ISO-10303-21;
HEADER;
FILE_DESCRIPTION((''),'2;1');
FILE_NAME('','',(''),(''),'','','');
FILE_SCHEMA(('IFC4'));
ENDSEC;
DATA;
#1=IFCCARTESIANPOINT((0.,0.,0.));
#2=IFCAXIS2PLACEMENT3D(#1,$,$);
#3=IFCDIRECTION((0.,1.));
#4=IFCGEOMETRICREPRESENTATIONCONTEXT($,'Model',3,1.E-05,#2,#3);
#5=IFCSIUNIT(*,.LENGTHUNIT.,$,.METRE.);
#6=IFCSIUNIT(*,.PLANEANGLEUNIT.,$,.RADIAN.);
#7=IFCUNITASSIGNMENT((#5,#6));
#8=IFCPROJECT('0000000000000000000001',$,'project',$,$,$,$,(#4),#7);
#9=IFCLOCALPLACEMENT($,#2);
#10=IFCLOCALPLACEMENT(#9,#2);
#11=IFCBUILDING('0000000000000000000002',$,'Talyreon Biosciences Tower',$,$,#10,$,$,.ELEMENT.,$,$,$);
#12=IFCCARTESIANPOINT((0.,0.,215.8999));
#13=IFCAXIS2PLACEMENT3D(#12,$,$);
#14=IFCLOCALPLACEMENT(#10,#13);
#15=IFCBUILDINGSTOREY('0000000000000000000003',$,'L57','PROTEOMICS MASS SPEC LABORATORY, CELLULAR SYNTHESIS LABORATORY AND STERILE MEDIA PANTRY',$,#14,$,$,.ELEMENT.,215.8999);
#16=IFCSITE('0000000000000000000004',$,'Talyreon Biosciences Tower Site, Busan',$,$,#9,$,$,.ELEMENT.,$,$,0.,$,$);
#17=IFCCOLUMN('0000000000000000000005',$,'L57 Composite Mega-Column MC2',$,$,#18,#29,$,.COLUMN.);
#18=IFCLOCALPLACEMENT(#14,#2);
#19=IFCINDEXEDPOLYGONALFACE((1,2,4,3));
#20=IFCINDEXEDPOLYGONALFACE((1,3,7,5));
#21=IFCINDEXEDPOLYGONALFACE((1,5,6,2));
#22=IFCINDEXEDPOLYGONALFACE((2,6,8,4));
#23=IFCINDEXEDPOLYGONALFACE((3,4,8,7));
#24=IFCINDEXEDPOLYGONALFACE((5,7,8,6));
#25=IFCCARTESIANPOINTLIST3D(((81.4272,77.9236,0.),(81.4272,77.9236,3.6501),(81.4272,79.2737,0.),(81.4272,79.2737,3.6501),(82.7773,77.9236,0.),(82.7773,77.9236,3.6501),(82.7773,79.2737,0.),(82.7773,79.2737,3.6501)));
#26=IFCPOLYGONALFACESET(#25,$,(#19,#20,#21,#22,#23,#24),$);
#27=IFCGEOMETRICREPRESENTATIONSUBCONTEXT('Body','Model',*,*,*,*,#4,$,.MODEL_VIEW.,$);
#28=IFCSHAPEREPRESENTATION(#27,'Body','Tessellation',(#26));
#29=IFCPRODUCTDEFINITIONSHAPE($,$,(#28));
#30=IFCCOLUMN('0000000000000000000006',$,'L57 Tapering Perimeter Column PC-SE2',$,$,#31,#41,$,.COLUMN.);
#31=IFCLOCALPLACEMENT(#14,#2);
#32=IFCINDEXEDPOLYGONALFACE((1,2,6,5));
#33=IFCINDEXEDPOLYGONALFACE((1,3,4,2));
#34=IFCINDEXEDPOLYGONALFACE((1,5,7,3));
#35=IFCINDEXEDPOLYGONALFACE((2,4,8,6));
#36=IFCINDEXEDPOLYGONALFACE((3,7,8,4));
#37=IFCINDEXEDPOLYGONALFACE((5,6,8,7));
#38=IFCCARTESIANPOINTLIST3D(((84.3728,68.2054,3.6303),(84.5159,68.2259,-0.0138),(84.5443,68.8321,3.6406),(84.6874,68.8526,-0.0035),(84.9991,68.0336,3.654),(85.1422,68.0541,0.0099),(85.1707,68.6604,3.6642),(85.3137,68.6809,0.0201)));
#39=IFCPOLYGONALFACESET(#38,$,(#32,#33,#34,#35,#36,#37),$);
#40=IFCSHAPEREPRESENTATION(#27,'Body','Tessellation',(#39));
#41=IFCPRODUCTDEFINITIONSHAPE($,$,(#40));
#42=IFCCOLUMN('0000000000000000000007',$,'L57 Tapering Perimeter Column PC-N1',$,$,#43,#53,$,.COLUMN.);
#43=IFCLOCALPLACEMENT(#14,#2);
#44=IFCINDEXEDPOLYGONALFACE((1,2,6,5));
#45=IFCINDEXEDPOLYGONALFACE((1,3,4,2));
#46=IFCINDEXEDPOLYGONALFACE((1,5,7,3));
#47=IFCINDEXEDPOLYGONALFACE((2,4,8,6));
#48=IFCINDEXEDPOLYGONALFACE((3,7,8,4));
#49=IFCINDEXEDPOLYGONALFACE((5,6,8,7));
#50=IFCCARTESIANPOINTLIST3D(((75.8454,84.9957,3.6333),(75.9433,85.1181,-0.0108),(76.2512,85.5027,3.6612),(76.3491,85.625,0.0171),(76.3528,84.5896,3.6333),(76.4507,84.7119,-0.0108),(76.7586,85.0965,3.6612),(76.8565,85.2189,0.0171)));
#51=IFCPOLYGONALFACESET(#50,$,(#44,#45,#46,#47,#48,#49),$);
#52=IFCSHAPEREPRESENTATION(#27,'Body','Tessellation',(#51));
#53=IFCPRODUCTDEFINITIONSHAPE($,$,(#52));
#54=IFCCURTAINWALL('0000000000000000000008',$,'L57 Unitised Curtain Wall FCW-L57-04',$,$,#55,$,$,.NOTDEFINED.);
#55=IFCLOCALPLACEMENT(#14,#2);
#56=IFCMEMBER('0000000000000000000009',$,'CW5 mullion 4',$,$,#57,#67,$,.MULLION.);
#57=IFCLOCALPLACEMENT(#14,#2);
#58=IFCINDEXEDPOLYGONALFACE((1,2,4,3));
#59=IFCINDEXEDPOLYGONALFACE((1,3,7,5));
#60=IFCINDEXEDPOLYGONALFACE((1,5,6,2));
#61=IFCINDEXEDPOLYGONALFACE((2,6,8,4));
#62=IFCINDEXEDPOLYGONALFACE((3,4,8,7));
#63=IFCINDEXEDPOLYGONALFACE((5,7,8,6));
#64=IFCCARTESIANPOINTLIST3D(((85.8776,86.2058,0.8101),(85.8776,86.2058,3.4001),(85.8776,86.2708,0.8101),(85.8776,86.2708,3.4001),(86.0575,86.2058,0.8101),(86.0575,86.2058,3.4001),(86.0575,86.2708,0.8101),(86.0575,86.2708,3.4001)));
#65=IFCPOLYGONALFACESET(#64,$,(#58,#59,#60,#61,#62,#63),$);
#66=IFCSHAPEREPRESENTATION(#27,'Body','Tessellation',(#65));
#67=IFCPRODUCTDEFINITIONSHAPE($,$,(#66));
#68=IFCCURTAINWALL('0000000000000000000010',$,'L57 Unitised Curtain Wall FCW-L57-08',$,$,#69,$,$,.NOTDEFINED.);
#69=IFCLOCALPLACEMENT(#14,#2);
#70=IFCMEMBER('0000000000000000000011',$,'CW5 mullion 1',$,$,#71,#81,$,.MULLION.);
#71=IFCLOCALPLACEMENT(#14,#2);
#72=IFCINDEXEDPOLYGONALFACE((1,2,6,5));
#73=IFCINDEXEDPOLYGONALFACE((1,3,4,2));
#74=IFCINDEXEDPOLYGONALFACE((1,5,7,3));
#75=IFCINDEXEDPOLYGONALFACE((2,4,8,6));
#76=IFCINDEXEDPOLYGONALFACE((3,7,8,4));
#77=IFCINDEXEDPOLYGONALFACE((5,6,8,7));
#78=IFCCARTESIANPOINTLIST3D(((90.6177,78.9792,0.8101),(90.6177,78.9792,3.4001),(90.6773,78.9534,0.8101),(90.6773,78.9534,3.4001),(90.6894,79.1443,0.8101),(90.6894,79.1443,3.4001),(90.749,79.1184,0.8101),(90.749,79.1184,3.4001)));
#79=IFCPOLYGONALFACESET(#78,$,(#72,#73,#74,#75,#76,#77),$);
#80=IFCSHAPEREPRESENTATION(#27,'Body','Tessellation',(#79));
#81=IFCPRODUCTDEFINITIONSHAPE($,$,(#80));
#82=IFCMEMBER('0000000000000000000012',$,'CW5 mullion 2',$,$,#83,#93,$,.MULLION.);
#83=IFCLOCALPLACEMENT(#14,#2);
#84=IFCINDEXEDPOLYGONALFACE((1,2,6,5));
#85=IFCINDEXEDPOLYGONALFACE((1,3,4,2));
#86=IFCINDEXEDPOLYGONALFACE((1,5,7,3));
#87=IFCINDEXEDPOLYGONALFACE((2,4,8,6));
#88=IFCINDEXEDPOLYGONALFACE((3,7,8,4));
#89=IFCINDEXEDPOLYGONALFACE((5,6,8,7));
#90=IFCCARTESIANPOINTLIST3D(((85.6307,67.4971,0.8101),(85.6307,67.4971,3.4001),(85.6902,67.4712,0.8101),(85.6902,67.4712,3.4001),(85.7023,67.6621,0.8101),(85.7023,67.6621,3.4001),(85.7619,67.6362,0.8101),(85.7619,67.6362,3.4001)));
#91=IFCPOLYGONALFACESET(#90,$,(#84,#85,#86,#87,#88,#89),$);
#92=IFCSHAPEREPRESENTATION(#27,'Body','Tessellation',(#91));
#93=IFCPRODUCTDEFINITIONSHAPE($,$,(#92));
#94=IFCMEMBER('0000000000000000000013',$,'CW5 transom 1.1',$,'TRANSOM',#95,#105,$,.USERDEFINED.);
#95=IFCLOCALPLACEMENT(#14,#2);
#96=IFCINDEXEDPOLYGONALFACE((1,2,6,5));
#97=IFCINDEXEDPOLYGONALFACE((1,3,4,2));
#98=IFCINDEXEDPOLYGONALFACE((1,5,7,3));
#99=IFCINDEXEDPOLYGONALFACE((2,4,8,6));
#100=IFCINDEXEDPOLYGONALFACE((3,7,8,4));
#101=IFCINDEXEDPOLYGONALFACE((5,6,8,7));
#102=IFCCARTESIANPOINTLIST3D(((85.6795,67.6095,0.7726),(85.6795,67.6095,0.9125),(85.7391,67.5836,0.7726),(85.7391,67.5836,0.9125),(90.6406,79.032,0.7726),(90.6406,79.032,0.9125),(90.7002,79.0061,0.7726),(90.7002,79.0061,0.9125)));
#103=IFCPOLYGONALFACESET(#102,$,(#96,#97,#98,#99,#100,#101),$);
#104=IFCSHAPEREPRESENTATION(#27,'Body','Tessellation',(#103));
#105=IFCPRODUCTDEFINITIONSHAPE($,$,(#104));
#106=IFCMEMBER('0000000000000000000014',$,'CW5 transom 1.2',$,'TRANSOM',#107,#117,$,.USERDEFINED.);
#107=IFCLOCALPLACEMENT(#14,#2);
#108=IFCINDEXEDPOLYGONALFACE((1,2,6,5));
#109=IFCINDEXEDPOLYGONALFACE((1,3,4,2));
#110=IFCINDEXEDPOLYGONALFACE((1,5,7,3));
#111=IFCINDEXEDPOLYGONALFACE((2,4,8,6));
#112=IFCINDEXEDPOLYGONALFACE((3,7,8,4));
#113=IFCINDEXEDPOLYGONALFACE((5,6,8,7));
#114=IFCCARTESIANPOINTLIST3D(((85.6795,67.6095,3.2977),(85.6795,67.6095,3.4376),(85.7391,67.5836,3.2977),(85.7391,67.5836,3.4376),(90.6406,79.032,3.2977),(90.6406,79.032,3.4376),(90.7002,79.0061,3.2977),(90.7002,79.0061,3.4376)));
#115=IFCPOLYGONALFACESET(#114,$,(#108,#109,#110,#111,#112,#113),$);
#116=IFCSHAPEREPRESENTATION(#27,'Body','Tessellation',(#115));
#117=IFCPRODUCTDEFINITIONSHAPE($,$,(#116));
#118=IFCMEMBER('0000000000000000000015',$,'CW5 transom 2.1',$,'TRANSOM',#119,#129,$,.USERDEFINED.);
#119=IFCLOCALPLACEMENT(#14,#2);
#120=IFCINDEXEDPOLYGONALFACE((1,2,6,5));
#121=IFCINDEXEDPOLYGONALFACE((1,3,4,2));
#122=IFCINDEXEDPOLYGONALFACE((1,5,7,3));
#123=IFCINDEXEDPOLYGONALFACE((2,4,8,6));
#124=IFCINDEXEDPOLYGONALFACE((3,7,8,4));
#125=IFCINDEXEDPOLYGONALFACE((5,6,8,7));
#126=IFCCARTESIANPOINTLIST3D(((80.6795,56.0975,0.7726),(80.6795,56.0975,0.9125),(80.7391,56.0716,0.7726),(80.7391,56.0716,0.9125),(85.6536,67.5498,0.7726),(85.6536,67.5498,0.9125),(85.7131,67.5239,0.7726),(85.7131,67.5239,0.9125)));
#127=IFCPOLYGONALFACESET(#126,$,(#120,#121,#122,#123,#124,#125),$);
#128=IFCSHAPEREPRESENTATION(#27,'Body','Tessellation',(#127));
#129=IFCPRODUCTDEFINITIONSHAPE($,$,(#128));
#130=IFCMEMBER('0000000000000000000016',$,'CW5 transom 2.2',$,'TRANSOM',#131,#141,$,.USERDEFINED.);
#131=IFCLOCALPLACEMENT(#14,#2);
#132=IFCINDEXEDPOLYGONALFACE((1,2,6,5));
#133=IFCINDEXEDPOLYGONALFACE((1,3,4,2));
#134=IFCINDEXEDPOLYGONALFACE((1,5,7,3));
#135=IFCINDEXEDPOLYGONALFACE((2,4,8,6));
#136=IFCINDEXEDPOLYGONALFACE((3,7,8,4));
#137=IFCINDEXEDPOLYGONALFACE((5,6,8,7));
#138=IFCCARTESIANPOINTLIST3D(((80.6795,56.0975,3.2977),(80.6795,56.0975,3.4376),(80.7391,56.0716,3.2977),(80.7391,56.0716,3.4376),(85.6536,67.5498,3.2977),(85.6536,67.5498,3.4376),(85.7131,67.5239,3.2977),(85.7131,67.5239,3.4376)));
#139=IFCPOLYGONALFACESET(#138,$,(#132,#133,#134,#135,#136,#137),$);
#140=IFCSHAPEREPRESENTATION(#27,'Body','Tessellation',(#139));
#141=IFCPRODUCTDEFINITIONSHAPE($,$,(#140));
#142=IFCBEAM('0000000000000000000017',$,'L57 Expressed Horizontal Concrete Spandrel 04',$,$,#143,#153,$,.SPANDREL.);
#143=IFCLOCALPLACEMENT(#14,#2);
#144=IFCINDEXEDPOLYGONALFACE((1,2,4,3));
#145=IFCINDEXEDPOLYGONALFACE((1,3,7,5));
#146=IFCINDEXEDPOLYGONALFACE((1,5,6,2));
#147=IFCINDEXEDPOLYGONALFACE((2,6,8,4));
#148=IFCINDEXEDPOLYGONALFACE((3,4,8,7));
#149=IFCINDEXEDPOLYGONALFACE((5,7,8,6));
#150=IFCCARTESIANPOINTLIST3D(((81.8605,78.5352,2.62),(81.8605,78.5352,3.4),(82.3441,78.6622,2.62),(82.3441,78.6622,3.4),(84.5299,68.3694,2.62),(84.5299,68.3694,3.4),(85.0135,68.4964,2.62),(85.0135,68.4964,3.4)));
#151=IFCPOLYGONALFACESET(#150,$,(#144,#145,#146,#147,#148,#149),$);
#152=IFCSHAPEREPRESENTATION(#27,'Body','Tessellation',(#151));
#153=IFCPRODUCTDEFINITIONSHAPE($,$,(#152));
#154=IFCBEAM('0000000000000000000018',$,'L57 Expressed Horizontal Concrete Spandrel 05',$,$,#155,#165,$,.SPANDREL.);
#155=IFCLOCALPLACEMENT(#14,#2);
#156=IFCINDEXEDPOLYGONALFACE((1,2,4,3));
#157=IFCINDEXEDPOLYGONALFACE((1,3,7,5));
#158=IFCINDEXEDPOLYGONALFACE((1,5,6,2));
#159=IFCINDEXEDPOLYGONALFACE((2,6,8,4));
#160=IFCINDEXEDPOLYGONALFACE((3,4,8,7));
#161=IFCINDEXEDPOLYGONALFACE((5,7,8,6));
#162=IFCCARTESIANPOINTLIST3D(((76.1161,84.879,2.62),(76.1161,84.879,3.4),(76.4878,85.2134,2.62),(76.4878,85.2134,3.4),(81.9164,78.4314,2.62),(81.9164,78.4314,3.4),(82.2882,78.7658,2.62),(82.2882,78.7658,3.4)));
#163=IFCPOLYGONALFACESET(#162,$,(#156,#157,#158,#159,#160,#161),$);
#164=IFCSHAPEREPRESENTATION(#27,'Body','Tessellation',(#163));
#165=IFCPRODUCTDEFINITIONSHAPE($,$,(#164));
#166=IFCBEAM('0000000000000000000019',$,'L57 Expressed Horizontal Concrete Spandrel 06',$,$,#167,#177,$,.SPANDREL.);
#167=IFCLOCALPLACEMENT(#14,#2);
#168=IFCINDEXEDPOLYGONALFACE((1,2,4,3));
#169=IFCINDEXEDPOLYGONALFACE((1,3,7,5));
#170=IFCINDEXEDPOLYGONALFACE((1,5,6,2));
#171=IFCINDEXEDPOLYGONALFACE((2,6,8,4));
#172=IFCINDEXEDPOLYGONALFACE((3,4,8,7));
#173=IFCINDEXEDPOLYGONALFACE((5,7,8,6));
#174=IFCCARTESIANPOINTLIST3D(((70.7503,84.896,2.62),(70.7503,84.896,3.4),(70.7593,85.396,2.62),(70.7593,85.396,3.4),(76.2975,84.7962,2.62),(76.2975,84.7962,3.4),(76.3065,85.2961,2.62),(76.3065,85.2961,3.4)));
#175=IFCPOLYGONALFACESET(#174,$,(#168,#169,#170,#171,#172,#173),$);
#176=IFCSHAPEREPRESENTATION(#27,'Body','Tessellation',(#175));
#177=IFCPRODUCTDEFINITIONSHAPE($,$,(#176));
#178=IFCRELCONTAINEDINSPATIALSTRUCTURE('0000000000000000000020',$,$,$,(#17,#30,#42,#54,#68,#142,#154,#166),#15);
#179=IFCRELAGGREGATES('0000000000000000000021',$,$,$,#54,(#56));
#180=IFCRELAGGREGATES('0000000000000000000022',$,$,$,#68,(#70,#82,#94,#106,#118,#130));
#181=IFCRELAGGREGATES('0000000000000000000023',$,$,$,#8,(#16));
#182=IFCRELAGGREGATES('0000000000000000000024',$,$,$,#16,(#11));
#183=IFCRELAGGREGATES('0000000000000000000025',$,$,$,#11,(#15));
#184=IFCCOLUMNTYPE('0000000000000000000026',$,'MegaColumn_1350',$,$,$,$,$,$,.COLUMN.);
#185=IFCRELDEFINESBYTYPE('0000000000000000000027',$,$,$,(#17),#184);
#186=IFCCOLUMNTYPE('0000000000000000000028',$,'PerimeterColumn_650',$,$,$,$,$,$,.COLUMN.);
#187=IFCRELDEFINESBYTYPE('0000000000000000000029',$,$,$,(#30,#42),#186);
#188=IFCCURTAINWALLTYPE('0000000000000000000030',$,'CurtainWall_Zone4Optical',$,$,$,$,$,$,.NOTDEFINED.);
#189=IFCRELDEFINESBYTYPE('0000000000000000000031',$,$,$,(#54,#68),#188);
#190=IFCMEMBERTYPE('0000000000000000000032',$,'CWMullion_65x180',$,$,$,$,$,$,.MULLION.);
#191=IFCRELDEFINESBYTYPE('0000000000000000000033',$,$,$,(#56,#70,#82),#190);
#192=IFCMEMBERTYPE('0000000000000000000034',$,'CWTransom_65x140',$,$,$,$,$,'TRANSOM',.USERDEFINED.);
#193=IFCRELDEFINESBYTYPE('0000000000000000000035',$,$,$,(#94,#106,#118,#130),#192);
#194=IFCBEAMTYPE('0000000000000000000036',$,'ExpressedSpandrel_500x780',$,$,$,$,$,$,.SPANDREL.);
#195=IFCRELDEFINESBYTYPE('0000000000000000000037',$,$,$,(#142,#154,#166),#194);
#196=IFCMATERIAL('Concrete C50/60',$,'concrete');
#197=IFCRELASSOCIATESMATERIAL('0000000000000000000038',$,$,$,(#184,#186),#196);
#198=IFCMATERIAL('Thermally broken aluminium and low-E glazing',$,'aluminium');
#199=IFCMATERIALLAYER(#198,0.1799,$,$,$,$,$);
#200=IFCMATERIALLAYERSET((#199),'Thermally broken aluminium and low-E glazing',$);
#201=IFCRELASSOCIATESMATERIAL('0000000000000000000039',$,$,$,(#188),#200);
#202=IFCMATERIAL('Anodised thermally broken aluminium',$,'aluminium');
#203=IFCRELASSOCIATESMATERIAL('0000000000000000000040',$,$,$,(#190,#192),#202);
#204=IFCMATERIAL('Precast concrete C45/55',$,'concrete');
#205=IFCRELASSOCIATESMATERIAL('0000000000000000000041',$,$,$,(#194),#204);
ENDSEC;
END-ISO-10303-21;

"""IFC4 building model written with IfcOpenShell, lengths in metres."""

from ifc_helpers import new_model, si_unit, direction, frame, origin, origin_2d, place, context, subcontext, project, spatial, rectangle, extrude, material, layer, layer_set, material_profile, profile_set, type_object, element, aggregate, save


model = new_model("IFC4")

# Units and contexts
model_context = context("Model", 3, precision=1e-05, world=origin(), true_north=direction((0.0, 1.0)))
body_context = subcontext(model_context, "Body", "Model", "MODEL_VIEW")
ifc_project = project(units=[si_unit("LENGTHUNIT", "METRE"), si_unit("PLANEANGLEUNIT", "RADIAN")], contexts=[model_context])

# Site, building, storey
site_placement = place(None, origin())
site = spatial("IfcSite", under=ifc_project, at=site_placement, Name="Talyreon Biosciences Tower Site, Busan", CompositionType="ELEMENT", RefElevation=0.0)
building_placement = place(site_placement, origin())
building = spatial("IfcBuilding", under=site, at=building_placement, Name="Talyreon Biosciences Tower", CompositionType="ELEMENT")
storey_placement = place(building_placement, frame((0.0, 0.0, 215.8999)))
storey = spatial("IfcBuildingStorey", under=building, at=storey_placement, Name="L57", Description="PROTEOMICS MASS SPEC LABORATORY, CELLULAR SYNTHESIS LABORATORY AND STERILE MEDIA PANTRY", CompositionType="ELEMENT", Elevation=215.8999)

# Columns
ifc_material_1 = material(Name="Concrete C50/60", Category="concrete")
ifc_material_profile_1 = material_profile(ifc_material_1, rectangle(XDim=1.3501, YDim=1.3501, at=origin_2d()), Name="RC 1350x1350")
ifc_profile_set_1 = profile_set([ifc_material_profile_1], Name="Concrete C50/60")
column_type_1 = type_object("IfcColumnType", Name="MegaColumn_1350", PredefinedType="COLUMN", material=ifc_profile_set_1)
column_1_placement = place(storey_placement, frame((82.1023, 78.5986, 0.0), z_axis=(0.0, 0.0, 1.0), x_axis=(1.0, 0.0, 0.0)))
element("IfcColumn", 1, at=column_1_placement, inside=storey, type_object=column_type_1, Name="L57 Composite Mega-Column MC2", PredefinedType="COLUMN", context=body_context, shape_type="SweptSolid", body=[
    extrude(rectangle(XDim=1.3501, YDim=1.3501, at=origin_2d()), origin(), (0.0, 0.0, 1.0), 3.6501),
])
ifc_material_profile_2 = material_profile(ifc_material_1, rectangle(XDim=0.6499, YDim=0.6499, at=origin_2d()), Name="RC 650x650")
ifc_profile_set_2 = profile_set([ifc_material_profile_2], Name="Concrete C50/60")
column_type_2 = type_object("IfcColumnType", Name="PerimeterColumn_650", PredefinedType="COLUMN", material=ifc_profile_set_2)
column_2_placement = place(storey_placement, frame((84.9148, 68.4534, 0.0032), z_axis=(-0.03923, -0.005623, 0.999214), x_axis=(0.963754, -0.264304, 0.03635)))
element("IfcColumn", 2, at=column_2_placement, inside=storey, type_object=column_type_2, Name="L57 Tapering Perimeter Column PC-SE2", PredefinedType="COLUMN", context=body_context, shape_type="SweptSolid", body=[
    extrude(rectangle(XDim=0.6499, YDim=0.6499, at=origin_2d()), origin(), (0.0, 0.0, 1.0), 3.647),
])
column_3_placement = place(storey_placement, frame((76.3999, 85.1685, 0.0032), z_axis=(-0.026841, -0.033535, 0.999077), x_axis=(-0.780717, 0.624885, 0.0)))
element("IfcColumn", 3, at=column_3_placement, inside=storey, type_object=column_type_2, Name="L57 Tapering Perimeter Column PC-N1", PredefinedType="COLUMN", context=body_context, shape_type="SweptSolid", body=[
    extrude(rectangle(XDim=0.6499, YDim=0.6499, at=origin_2d()), origin(), (0.0, 0.0, 1.0), 3.6475),
])

# Curtain wall, member
ifc_material_2 = material(Name="Thermally broken aluminium and low-E glazing", Category="aluminium")
ifc_layer_1 = layer(ifc_material_2, 0.1799)
ifc_layer_set_1 = layer_set([ifc_layer_1], Name="Thermally broken aluminium and low-E glazing")
curtain_wall_type = type_object("IfcCurtainWallType", Name="CurtainWall_Zone4Optical", PredefinedType="NOTDEFINED", material=ifc_layer_set_1)
curtain_wall_1_placement = place(storey_placement, origin())
curtain_wall_1 = element("IfcCurtainWall", 4, at=curtain_wall_1_placement, inside=storey, type_object=curtain_wall_type, Name="L57 Unitised Curtain Wall FCW-L57-04", PredefinedType="NOTDEFINED")
ifc_material_3 = material(Name="Anodised thermally broken aluminium", Category="aluminium")
ifc_material_profile_3 = material_profile(ifc_material_3, rectangle(XDim=0.0649, YDim=0.1799, at=origin_2d()), Name="ALUM MULLION 65x180")
ifc_profile_set_3 = profile_set([ifc_material_profile_3], Name="Anodised thermally broken aluminium")
member_type_1 = type_object("IfcMemberType", Name="CWMullion_65x180", PredefinedType="MULLION", material=ifc_profile_set_3)
member_1_placement = place(storey_placement, frame((85.9675, 86.2383, 0.8101), z_axis=(0.0, 0.0, 1.0), x_axis=(0.0, 1.0, 0.0)))
member_1 = element("IfcMember", 5, at=member_1_placement, type_object=member_type_1, Name="CW5 mullion 4", PredefinedType="MULLION", context=body_context, shape_type="SweptSolid", body=[
    extrude(rectangle(XDim=0.0649, YDim=0.1799, at=origin_2d()), origin(), (0.0, 0.0, 1.0), 2.5901),
])

# Curtain wall, members
curtain_wall_2_placement = place(storey_placement, origin())
curtain_wall_2 = element("IfcCurtainWall", 6, at=curtain_wall_2_placement, inside=storey, type_object=curtain_wall_type, Name="L57 Unitised Curtain Wall FCW-L57-08", PredefinedType="NOTDEFINED")
member_2_placement = place(storey_placement, frame((90.6833, 79.0488, 0.8101), z_axis=(0.0, 0.0, 1.0), x_axis=(0.917222, -0.398376, 0.0)))
member_2 = element("IfcMember", 7, at=member_2_placement, type_object=member_type_1, Name="CW5 mullion 1", PredefinedType="MULLION", context=body_context, shape_type="SweptSolid", body=[
    extrude(rectangle(XDim=0.0649, YDim=0.1799, at=origin_2d()), origin(), (0.0, 0.0, 1.0), 2.5901),
])
member_3_placement = place(storey_placement, frame((85.6963, 67.5667, 0.8101), z_axis=(0.0, 0.0, 1.0), x_axis=(0.917222, -0.398376, 0.0)))
member_3 = element("IfcMember", 8, at=member_3_placement, type_object=member_type_1, Name="CW5 mullion 2", PredefinedType="MULLION", context=body_context, shape_type="SweptSolid", body=[
    extrude(rectangle(XDim=0.0649, YDim=0.1799, at=origin_2d()), origin(), (0.0, 0.0, 1.0), 2.5901),
])
ifc_material_profile_4 = material_profile(ifc_material_3, rectangle(XDim=0.0649, YDim=0.1399, at=origin_2d()), Name="ALUM TRANSOM 65x140")
ifc_profile_set_4 = profile_set([ifc_material_profile_4], Name="Anodised thermally broken aluminium")
member_type_2 = type_object("IfcMemberType", Name="CWTransom_65x140", ElementType="TRANSOM", PredefinedType="USERDEFINED", material=ifc_profile_set_4)
member_4_placement = place(storey_placement, frame((90.6704, 79.019, 0.8425), z_axis=(-0.398377, -0.917222, 0.0), x_axis=(0.917222, -0.398377, 0.0)))
member_4 = element("IfcMember", 9, at=member_4_placement, type_object=member_type_2, Name="CW5 transom 1.1", ObjectType="TRANSOM", PredefinedType="USERDEFINED", context=body_context, shape_type="SweptSolid", body=[
    extrude(rectangle(XDim=0.0649, YDim=0.1399, at=origin_2d()), origin(), (0.0, 0.0, 1.0), 12.4534),
])
member_5_placement = place(storey_placement, frame((90.6704, 79.019, 3.3677), z_axis=(-0.398377, -0.917222, 0.0), x_axis=(0.917222, -0.398377, 0.0)))
member_5 = element("IfcMember", 10, at=member_5_placement, type_object=member_type_2, Name="CW5 transom 1.2", ObjectType="TRANSOM", PredefinedType="USERDEFINED", context=body_context, shape_type="SweptSolid", body=[
    extrude(rectangle(XDim=0.0649, YDim=0.1399, at=origin_2d()), origin(), (0.0, 0.0, 1.0), 12.4534),
])
member_6_placement = place(storey_placement, frame((85.6833, 67.5369, 0.8425), z_axis=(-0.398377, -0.917222, 0.0), x_axis=(0.917222, -0.398377, 0.0)))
member_6 = element("IfcMember", 11, at=member_6_placement, type_object=member_type_2, Name="CW5 transom 2.1", ObjectType="TRANSOM", PredefinedType="USERDEFINED", context=body_context, shape_type="SweptSolid", body=[
    extrude(rectangle(XDim=0.0649, YDim=0.1399, at=origin_2d()), origin(), (0.0, 0.0, 1.0), 12.4858),
])
member_7_placement = place(storey_placement, frame((85.6833, 67.5369, 3.3677), z_axis=(-0.398377, -0.917222, 0.0), x_axis=(0.917222, -0.398377, 0.0)))
member_7 = element("IfcMember", 12, at=member_7_placement, type_object=member_type_2, Name="CW5 transom 2.2", ObjectType="TRANSOM", PredefinedType="USERDEFINED", context=body_context, shape_type="SweptSolid", body=[
    extrude(rectangle(XDim=0.0649, YDim=0.1399, at=origin_2d()), origin(), (0.0, 0.0, 1.0), 12.4858),
])

# Beams
ifc_material_4 = material(Name="Precast concrete C45/55", Category="concrete")
ifc_material_profile_5 = material_profile(ifc_material_4, rectangle(XDim=0.5, YDim=0.78, at=origin_2d()), Name="RCB 500x780")
ifc_profile_set_5 = profile_set([ifc_material_profile_5], Name="Precast concrete C45/55")
beam_type_1 = type_object("IfcBeamType", Name="ExpressedSpandrel_500x780", PredefinedType="SPANDREL", material=ifc_profile_set_5)
beam_1_placement = place(storey_placement, frame((84.7717, 68.4329, 3.01), z_axis=(-0.25398, 0.967209, 0.0), x_axis=(-0.967209, -0.25398, 0.0)))
element("IfcBeam", 13, at=beam_1_placement, inside=storey, type_object=beam_type_1, Name="L57 Expressed Horizontal Concrete Spandrel 04", PredefinedType="SPANDREL", context=body_context, shape_type="SweptSolid", body=[
    extrude(rectangle(XDim=0.5, YDim=0.78, at=origin_2d()), origin(), (0.0, 0.0, 1.0), 10.5105),
])
beam_2_placement = place(storey_placement, frame((82.1023, 78.5986, 3.01), z_axis=(-0.668808, 0.743436, 0.0), x_axis=(-0.743436, -0.668808, 0.0)))
element("IfcBeam", 14, at=beam_2_placement, inside=storey, type_object=beam_type_1, Name="L57 Expressed Horizontal Concrete Spandrel 05", PredefinedType="SPANDREL", context=body_context, shape_type="SweptSolid", body=[
    extrude(rectangle(XDim=0.5, YDim=0.78, at=origin_2d()), origin(), (0.0, 0.0, 1.0), 8.6726),
])
beam_3_placement = place(storey_placement, frame((76.302, 85.0461, 3.01), z_axis=(-0.999838, 0.017998, 0.0), x_axis=(-0.017998, -0.999838, 0.0)))
element("IfcBeam", 15, at=beam_3_placement, inside=storey, type_object=beam_type_1, Name="L57 Expressed Horizontal Concrete Spandrel 06", PredefinedType="SPANDREL", context=body_context, shape_type="SweptSolid", body=[
    extrude(rectangle(XDim=0.5, YDim=0.78, at=origin_2d()), origin(), (0.0, 0.0, 1.0), 5.5481),
])

aggregate(curtain_wall_1, [member_1])
aggregate(curtain_wall_2, [member_2, member_3, member_4, member_5, member_6, member_7])

save(model, "model.ifc")
